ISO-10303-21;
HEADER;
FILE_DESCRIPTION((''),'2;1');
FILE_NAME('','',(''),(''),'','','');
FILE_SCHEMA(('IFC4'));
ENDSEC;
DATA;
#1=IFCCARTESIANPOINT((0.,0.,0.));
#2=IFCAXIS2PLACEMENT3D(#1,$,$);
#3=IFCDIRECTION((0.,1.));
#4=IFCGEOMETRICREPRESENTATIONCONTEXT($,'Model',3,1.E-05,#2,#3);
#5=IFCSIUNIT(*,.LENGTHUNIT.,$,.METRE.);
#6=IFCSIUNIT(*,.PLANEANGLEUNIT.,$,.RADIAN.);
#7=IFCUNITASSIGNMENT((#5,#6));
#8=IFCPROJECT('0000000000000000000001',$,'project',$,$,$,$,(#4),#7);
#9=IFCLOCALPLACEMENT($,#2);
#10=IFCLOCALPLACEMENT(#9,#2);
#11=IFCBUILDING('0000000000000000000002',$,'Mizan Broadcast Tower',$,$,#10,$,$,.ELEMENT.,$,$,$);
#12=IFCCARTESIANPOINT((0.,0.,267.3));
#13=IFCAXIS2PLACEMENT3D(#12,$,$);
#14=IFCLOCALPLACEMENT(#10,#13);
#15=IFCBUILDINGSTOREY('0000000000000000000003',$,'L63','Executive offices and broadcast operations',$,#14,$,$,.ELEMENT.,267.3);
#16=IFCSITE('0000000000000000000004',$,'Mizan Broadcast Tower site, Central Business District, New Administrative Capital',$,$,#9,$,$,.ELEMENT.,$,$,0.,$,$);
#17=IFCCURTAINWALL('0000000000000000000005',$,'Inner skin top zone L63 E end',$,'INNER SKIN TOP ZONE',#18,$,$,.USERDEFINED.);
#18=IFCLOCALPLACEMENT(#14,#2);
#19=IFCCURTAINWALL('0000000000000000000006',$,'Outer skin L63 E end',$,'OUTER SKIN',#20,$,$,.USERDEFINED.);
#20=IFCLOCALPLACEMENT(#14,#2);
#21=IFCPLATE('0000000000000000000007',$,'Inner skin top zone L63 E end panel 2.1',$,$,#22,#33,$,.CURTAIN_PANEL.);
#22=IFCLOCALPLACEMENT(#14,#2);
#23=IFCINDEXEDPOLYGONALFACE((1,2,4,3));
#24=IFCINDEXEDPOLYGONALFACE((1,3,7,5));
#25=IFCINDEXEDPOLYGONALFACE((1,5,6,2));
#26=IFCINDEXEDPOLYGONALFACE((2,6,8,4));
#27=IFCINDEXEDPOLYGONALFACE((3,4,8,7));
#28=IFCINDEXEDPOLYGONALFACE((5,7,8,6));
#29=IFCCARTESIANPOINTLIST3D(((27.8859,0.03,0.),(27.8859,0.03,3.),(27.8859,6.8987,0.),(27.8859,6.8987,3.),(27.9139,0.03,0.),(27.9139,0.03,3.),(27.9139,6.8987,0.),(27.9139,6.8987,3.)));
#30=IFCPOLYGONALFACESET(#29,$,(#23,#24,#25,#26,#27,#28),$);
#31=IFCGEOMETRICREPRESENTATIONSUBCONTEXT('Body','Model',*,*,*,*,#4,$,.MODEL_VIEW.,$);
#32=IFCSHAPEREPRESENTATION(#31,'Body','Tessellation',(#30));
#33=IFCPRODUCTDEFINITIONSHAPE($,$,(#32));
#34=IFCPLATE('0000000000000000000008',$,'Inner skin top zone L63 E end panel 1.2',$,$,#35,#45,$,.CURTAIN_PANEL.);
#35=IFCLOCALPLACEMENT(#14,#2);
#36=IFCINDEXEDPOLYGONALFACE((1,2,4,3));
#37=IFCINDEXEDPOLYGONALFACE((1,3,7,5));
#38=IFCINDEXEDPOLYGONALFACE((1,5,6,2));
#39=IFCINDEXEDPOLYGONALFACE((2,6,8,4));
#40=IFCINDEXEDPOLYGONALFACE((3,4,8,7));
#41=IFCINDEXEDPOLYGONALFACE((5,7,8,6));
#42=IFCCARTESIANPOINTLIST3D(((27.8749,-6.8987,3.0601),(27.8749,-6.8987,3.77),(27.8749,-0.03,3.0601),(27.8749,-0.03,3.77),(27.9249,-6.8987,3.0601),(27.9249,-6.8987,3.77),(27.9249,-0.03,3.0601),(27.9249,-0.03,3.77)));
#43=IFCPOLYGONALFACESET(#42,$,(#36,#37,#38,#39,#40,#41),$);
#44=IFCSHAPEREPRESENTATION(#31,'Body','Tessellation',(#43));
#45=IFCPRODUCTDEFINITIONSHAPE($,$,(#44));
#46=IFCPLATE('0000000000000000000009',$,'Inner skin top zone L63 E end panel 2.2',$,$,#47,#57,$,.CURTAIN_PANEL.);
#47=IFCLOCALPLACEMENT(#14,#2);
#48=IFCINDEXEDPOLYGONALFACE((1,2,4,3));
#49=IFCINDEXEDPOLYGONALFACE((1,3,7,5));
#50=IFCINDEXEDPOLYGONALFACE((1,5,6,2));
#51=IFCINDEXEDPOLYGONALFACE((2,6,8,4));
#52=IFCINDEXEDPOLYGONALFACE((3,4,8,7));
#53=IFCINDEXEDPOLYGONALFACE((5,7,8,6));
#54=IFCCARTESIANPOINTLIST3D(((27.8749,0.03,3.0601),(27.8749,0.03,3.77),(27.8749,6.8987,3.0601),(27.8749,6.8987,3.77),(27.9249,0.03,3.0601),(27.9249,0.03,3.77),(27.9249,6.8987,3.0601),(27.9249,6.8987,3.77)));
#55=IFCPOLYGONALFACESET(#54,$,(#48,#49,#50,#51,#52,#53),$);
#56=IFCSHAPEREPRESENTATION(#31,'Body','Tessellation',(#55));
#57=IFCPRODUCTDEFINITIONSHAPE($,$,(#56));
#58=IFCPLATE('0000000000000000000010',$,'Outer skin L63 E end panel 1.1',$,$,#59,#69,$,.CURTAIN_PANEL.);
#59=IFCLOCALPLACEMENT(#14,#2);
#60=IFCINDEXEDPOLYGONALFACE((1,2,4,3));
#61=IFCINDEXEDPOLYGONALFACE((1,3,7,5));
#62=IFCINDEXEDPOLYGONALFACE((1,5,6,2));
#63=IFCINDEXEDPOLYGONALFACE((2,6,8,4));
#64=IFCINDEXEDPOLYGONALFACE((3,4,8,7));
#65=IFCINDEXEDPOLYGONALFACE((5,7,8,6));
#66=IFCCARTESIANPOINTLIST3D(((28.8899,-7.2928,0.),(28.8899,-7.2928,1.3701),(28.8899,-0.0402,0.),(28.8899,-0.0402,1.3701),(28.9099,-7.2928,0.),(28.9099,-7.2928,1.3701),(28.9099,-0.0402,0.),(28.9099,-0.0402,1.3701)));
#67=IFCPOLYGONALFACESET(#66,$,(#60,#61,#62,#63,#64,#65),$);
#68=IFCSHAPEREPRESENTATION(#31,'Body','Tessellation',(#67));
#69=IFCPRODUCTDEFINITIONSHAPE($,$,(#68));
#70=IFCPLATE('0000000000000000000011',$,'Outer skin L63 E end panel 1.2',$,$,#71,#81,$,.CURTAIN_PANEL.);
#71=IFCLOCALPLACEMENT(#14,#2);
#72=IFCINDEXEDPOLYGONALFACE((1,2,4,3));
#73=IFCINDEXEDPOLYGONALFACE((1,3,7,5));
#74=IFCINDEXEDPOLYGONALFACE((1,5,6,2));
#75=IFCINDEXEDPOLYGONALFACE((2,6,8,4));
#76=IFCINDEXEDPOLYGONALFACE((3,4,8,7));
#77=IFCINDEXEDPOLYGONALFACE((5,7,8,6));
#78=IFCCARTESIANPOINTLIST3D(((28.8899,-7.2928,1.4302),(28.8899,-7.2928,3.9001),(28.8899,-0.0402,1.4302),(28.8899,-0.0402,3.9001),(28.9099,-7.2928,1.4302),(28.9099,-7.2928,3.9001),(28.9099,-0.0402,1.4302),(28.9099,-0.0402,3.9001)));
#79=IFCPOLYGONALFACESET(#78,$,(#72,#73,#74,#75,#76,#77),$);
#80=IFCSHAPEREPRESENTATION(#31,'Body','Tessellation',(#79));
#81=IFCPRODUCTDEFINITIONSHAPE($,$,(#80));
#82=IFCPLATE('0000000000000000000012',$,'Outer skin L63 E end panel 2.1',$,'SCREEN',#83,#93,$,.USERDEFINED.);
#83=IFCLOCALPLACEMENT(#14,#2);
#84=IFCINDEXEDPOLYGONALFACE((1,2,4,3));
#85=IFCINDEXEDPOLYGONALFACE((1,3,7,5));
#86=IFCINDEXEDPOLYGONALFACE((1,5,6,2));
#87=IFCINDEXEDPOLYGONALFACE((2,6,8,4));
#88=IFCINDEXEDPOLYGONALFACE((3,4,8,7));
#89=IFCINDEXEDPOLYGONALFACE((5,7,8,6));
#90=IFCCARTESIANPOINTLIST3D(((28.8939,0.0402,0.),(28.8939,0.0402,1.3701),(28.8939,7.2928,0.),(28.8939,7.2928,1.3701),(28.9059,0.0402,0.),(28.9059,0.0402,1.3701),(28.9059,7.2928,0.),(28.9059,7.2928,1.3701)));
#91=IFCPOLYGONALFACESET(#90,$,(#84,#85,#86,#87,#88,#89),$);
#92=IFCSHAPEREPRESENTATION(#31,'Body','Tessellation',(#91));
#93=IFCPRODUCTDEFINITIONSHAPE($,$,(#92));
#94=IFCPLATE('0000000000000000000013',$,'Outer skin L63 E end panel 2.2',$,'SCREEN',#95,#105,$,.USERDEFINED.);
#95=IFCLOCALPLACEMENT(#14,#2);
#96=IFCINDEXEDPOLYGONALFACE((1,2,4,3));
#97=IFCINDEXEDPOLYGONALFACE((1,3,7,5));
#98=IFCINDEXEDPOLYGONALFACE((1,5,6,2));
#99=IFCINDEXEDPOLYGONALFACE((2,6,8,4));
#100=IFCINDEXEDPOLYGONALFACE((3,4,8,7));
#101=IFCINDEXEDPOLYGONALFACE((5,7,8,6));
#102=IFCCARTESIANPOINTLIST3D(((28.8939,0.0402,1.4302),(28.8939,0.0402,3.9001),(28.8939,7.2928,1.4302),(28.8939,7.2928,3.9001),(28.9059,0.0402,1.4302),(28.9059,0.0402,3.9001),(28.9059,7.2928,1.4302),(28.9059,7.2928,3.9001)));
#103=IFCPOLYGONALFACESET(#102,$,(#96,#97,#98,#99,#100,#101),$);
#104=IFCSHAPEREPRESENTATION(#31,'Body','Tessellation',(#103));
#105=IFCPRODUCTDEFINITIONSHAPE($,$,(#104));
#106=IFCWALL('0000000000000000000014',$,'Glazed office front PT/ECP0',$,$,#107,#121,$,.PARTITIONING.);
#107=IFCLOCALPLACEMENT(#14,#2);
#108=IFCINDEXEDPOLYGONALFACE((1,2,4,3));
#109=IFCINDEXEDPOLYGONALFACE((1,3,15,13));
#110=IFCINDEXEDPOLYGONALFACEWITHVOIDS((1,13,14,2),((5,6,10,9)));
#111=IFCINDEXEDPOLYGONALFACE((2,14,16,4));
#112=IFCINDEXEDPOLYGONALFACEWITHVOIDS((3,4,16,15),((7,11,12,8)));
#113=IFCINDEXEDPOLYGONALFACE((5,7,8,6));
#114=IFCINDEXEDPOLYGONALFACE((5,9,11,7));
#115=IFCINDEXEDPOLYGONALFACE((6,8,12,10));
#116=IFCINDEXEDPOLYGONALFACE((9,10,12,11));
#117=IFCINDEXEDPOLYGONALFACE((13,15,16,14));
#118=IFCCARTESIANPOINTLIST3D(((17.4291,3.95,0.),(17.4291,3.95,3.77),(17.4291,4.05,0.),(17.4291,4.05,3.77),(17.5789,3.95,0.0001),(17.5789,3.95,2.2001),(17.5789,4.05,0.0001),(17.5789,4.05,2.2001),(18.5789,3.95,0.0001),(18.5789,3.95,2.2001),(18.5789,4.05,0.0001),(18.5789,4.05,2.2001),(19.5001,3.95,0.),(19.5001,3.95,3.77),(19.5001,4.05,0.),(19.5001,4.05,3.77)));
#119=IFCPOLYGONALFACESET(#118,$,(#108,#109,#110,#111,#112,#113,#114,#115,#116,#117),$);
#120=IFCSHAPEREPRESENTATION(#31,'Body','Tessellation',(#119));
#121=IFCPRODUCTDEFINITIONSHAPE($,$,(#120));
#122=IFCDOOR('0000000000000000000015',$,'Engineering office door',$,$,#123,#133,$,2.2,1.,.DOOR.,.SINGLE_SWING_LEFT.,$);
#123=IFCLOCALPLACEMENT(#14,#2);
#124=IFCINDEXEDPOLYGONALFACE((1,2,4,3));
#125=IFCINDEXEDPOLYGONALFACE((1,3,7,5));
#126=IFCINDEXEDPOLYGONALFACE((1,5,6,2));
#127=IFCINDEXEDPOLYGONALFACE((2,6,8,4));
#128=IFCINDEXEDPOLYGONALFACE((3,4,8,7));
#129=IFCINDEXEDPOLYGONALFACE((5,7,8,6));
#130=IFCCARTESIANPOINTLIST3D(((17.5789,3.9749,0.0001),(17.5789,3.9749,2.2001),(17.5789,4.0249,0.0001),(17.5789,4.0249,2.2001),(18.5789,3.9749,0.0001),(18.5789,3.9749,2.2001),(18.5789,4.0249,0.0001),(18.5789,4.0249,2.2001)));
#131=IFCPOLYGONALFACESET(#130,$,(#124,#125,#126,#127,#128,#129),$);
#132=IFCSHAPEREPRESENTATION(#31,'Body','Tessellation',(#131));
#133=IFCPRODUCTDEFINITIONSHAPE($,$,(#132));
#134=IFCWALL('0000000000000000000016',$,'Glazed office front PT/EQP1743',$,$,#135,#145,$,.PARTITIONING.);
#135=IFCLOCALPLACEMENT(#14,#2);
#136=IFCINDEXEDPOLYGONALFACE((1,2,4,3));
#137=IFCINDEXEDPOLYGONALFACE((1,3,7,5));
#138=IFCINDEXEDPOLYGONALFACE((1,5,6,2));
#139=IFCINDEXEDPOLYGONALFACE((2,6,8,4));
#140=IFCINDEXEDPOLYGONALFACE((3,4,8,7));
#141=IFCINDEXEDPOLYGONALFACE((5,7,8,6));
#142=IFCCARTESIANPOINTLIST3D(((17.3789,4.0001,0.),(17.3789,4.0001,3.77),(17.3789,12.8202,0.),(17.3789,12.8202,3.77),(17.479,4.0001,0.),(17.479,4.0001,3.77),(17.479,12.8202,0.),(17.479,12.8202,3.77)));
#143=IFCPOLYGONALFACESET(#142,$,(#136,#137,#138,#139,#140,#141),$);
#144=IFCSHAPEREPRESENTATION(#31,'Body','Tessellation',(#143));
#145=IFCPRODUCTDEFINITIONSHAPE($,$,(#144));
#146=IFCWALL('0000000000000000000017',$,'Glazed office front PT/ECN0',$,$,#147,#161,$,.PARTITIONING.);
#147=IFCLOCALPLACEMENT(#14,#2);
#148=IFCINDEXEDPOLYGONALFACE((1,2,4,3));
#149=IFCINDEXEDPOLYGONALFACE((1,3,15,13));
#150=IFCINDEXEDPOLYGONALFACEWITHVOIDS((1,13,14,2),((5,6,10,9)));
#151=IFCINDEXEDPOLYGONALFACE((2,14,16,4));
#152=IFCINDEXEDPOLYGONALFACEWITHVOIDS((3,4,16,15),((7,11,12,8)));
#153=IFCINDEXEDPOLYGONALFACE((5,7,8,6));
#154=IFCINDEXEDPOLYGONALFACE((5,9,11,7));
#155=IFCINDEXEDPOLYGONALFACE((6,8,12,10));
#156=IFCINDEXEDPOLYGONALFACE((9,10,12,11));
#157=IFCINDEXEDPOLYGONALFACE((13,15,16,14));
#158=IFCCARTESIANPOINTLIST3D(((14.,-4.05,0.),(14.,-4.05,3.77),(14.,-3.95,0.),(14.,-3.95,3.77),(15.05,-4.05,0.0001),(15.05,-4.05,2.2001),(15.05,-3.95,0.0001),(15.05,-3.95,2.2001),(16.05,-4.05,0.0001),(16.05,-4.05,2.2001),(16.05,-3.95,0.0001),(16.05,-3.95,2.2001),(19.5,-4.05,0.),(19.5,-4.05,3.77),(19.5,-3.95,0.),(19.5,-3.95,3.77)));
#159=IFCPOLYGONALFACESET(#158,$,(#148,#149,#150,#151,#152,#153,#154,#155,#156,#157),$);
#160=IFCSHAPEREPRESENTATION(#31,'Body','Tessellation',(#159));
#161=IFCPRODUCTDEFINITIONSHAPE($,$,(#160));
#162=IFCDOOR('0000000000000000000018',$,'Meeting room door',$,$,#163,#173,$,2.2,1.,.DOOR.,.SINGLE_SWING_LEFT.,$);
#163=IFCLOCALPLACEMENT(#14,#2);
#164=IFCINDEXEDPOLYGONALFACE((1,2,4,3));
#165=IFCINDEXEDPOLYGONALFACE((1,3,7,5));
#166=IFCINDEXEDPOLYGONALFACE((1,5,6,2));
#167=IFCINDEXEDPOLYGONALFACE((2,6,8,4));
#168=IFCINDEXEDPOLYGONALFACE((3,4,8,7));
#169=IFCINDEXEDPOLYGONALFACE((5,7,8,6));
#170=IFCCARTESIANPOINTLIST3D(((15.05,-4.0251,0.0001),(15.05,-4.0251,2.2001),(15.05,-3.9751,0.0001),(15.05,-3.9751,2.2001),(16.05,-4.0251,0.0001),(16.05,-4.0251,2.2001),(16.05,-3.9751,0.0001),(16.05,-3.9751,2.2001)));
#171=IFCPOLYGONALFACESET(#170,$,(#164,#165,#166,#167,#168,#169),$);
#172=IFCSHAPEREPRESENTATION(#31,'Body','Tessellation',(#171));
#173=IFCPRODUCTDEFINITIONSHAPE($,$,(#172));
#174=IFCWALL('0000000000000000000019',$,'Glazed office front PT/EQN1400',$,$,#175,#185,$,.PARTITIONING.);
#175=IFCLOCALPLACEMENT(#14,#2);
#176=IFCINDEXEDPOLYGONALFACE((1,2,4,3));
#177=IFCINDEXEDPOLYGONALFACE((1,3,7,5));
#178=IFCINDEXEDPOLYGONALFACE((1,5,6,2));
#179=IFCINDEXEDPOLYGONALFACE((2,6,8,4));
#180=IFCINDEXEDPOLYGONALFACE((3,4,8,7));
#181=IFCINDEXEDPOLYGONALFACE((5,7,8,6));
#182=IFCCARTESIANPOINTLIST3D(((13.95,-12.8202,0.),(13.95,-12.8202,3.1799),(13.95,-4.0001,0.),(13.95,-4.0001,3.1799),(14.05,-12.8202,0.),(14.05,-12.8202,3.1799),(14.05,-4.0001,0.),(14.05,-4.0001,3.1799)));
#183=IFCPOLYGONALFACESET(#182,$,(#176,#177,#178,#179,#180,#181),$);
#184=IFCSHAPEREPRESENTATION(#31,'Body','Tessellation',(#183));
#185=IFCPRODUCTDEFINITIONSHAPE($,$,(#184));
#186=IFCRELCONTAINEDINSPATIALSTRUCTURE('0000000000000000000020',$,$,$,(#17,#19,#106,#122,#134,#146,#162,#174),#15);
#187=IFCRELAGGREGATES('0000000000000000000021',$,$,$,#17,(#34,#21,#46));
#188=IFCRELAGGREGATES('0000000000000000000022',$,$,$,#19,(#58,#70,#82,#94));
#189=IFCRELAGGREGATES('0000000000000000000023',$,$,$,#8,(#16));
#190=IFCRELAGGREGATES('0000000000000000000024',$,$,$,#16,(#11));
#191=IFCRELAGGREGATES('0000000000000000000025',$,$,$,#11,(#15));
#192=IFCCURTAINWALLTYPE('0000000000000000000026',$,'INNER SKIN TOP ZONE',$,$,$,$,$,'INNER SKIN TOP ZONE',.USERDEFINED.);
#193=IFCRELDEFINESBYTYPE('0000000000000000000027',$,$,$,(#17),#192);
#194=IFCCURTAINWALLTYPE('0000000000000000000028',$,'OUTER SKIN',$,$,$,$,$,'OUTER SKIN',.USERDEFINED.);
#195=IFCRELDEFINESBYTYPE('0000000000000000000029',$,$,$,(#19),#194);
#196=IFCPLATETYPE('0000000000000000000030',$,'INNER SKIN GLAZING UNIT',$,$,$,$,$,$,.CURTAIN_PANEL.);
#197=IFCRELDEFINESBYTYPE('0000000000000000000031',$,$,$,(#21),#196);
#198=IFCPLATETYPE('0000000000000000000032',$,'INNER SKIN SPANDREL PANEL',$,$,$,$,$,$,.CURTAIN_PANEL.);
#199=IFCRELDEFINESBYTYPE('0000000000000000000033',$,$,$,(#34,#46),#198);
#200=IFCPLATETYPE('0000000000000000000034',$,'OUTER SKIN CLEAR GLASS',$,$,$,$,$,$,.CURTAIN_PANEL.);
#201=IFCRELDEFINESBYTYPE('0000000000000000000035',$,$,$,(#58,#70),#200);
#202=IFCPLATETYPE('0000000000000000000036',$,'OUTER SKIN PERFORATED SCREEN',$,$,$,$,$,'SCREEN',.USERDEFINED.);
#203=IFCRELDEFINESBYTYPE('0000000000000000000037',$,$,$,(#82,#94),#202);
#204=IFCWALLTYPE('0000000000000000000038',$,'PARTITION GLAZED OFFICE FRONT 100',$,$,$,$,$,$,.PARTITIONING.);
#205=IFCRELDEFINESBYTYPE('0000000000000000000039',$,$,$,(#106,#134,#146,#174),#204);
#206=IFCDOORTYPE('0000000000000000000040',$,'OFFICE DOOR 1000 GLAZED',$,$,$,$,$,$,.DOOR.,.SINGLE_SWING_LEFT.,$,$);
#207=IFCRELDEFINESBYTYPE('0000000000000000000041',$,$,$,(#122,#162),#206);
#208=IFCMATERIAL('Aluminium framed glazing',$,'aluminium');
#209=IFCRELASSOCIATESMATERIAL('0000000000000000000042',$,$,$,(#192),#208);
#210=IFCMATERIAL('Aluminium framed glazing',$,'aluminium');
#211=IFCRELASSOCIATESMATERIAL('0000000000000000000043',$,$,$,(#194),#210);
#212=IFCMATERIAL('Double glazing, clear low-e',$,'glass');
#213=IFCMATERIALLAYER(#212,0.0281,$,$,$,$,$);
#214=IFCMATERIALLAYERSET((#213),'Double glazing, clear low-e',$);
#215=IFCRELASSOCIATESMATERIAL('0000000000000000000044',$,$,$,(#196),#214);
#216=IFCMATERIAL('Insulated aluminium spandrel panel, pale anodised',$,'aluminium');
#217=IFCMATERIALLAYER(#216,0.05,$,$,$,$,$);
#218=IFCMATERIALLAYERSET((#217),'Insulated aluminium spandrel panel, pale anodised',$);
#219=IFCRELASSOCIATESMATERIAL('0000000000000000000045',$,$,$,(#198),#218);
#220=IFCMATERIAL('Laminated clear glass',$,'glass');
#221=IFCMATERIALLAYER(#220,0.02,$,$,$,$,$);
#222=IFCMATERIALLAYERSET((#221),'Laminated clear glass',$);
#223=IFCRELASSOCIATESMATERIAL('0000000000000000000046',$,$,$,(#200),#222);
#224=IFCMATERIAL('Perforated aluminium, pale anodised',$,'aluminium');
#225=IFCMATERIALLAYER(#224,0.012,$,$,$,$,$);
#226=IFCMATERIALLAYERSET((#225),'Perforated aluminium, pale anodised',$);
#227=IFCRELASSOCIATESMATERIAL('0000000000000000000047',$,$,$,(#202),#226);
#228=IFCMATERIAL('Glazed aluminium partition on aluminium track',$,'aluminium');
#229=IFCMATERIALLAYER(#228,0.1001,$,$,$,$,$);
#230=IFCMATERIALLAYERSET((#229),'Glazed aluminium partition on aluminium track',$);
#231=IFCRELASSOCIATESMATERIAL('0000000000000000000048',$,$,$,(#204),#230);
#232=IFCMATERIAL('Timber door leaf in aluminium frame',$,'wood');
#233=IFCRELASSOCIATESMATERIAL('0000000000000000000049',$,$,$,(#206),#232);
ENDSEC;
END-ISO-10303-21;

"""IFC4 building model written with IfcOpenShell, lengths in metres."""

from ifc_helpers import new_model, si_unit, direction, frame, frame_2d, origin, origin_2d, place, context, subcontext, project, spatial, rectangle, extrude, material, layer, layer_set, type_object, element, fill, aggregate, save


model = new_model("IFC4")

# Units and contexts
model_context = context("Model", 3, precision=1e-05, world=origin(), true_north=direction((0.0, 1.0)))
body_context = subcontext(model_context, "Body", "Model", "MODEL_VIEW")
ifc_project = project(units=[si_unit("LENGTHUNIT", "METRE"), si_unit("PLANEANGLEUNIT", "RADIAN")], contexts=[model_context])

# Site, building, storey
site_placement = place(None, origin())
site = spatial("IfcSite", under=ifc_project, at=site_placement, Name="Mizan Broadcast Tower site, Central Business District, New Administrative Capital", CompositionType="ELEMENT", RefElevation=0.0)
building_placement = place(site_placement, origin())
building = spatial("IfcBuilding", under=site, at=building_placement, Name="Mizan Broadcast Tower", CompositionType="ELEMENT")
storey_placement = place(building_placement, frame((0.0, 0.0, 267.3)))
storey = spatial("IfcBuildingStorey", under=building, at=storey_placement, Name="L63", Description="Executive offices and broadcast operations", CompositionType="ELEMENT", Elevation=267.3)

# Curtain wall
ifc_material_1 = material(Name="Aluminium framed glazing", Category="aluminium")
curtain_wall_type_1 = type_object("IfcCurtainWallType", Name="INNER SKIN TOP ZONE", ElementType="INNER SKIN TOP ZONE", PredefinedType="USERDEFINED", material=ifc_material_1)
curtain_wall_1_placement = place(storey_placement, origin())
curtain_wall_1 = element("IfcCurtainWall", 1, at=curtain_wall_1_placement, inside=storey, type_object=curtain_wall_type_1, Name="Inner skin top zone L63 E end", ObjectType="INNER SKIN TOP ZONE", PredefinedType="USERDEFINED")

# Curtain wall
ifc_material_2 = material(Name="Aluminium framed glazing", Category="aluminium")
curtain_wall_type_2 = type_object("IfcCurtainWallType", Name="OUTER SKIN", ElementType="OUTER SKIN", PredefinedType="USERDEFINED", material=ifc_material_2)
curtain_wall_2_placement = place(storey_placement, origin())
curtain_wall_2 = element("IfcCurtainWall", 2, at=curtain_wall_2_placement, inside=storey, type_object=curtain_wall_type_2, Name="Outer skin L63 E end", ObjectType="OUTER SKIN", PredefinedType="USERDEFINED")

# Plates
ifc_material_3 = material(Name="Double glazing, clear low-e", Category="glass")
ifc_layer_1 = layer(ifc_material_3, 0.0281)
ifc_layer_set_1 = layer_set([ifc_layer_1], Name="Double glazing, clear low-e")
plate_type_1 = type_object("IfcPlateType", Name="INNER SKIN GLAZING UNIT", PredefinedType="CURTAIN_PANEL", material=ifc_layer_set_1)
plate_1_placement = place(storey_placement, frame((27.8999, 3.4644, 0.0), z_axis=(0.0, 0.0, 1.0), x_axis=(0.0, 1.0, 0.0)))
plate_1 = element("IfcPlate", 3, at=plate_1_placement, type_object=plate_type_1, Name="Inner skin top zone L63 E end panel 2.1", PredefinedType="CURTAIN_PANEL", context=body_context, shape_type="SweptSolid", body=[
    extrude(rectangle(XDim=6.8687, YDim=0.0281, at=origin_2d()), origin(), (0.0, 0.0, 1.0), 3.0),
])
ifc_material_4 = material(Name="Insulated aluminium spandrel panel, pale anodised", Category="aluminium")
ifc_layer_2 = layer(ifc_material_4, 0.05)
ifc_layer_set_2 = layer_set([ifc_layer_2], Name="Insulated aluminium spandrel panel, pale anodised")
plate_type_2 = type_object("IfcPlateType", Name="INNER SKIN SPANDREL PANEL", PredefinedType="CURTAIN_PANEL", material=ifc_layer_set_2)
plate_2_placement = place(storey_placement, frame((27.8999, -3.4644, 3.0601), z_axis=(0.0, 0.0, 1.0), x_axis=(0.0, 1.0, 0.0)))
plate_2 = element("IfcPlate", 4, at=plate_2_placement, type_object=plate_type_2, Name="Inner skin top zone L63 E end panel 1.2", PredefinedType="CURTAIN_PANEL", context=body_context, shape_type="SweptSolid", body=[
    extrude(rectangle(XDim=6.8687, YDim=0.05, at=origin_2d()), origin(), (0.0, 0.0, 1.0), 0.71),
])
plate_3_placement = place(storey_placement, frame((27.8999, 3.4644, 3.0601), z_axis=(0.0, 0.0, 1.0), x_axis=(0.0, 1.0, 0.0)))
plate_3 = element("IfcPlate", 5, at=plate_3_placement, type_object=plate_type_2, Name="Inner skin top zone L63 E end panel 2.2", PredefinedType="CURTAIN_PANEL", context=body_context, shape_type="SweptSolid", body=[
    extrude(rectangle(XDim=6.8687, YDim=0.05, at=origin_2d()), origin(), (0.0, 0.0, 1.0), 0.71),
])
aggregate(curtain_wall_1, [plate_2, plate_1, plate_3])
ifc_material_5 = material(Name="Laminated clear glass", Category="glass")
ifc_layer_3 = layer(ifc_material_5, 0.02)
ifc_layer_set_3 = layer_set([ifc_layer_3], Name="Laminated clear glass")
plate_type_3 = type_object("IfcPlateType", Name="OUTER SKIN CLEAR GLASS", PredefinedType="CURTAIN_PANEL", material=ifc_layer_set_3)
plate_4_placement = place(storey_placement, frame((28.8999, -3.6665, 0.0), z_axis=(0.0, 0.0, 1.0), x_axis=(0.0, 1.0, 0.0)))
plate_4 = element("IfcPlate", 6, at=plate_4_placement, type_object=plate_type_3, Name="Outer skin L63 E end panel 1.1", PredefinedType="CURTAIN_PANEL", context=body_context, shape_type="SweptSolid", body=[
    extrude(rectangle(XDim=7.2527, YDim=0.02, at=origin_2d()), origin(), (0.0, 0.0, 1.0), 1.3701),
])
plate_5_placement = place(storey_placement, frame((28.8999, -3.6665, 1.4302), z_axis=(0.0, 0.0, 1.0), x_axis=(0.0, 1.0, 0.0)))
plate_5 = element("IfcPlate", 7, at=plate_5_placement, type_object=plate_type_3, Name="Outer skin L63 E end panel 1.2", PredefinedType="CURTAIN_PANEL", context=body_context, shape_type="SweptSolid", body=[
    extrude(rectangle(XDim=7.2527, YDim=0.02, at=origin_2d()), origin(), (0.0, 0.0, 1.0), 2.47),
])
ifc_material_6 = material(Name="Perforated aluminium, pale anodised", Category="aluminium")
ifc_layer_4 = layer(ifc_material_6, 0.012)
ifc_layer_set_4 = layer_set([ifc_layer_4], Name="Perforated aluminium, pale anodised")
plate_type_4 = type_object("IfcPlateType", Name="OUTER SKIN PERFORATED SCREEN", ElementType="SCREEN", PredefinedType="USERDEFINED", material=ifc_layer_set_4)
plate_6_placement = place(storey_placement, frame((28.8999, 3.6665, 0.0), z_axis=(0.0, 0.0, 1.0), x_axis=(0.0, 1.0, 0.0)))
plate_6 = element("IfcPlate", 8, at=plate_6_placement, type_object=plate_type_4, Name="Outer skin L63 E end panel 2.1", ObjectType="SCREEN", PredefinedType="USERDEFINED", context=body_context, shape_type="SweptSolid", body=[
    extrude(rectangle(XDim=7.2527, YDim=0.012, at=origin_2d()), origin(), (0.0, 0.0, 1.0), 1.3701),
])
plate_7_placement = place(storey_placement, frame((28.8999, 3.6665, 1.4302), z_axis=(0.0, 0.0, 1.0), x_axis=(0.0, 1.0, 0.0)))
plate_7 = element("IfcPlate", 9, at=plate_7_placement, type_object=plate_type_4, Name="Outer skin L63 E end panel 2.2", ObjectType="SCREEN", PredefinedType="USERDEFINED", context=body_context, shape_type="SweptSolid", body=[
    extrude(rectangle(XDim=7.2527, YDim=0.012, at=origin_2d()), origin(), (0.0, 0.0, 1.0), 2.47),
])
aggregate(curtain_wall_2, [plate_4, plate_5, plate_6, plate_7])

# Wall, opening, door
ifc_material_7 = material(Name="Glazed aluminium partition on aluminium track", Category="aluminium")
ifc_layer_5 = layer(ifc_material_7, 0.1001)
ifc_layer_set_5 = layer_set([ifc_layer_5], Name="Glazed aluminium partition on aluminium track")
wall_type = type_object("IfcWallType", Name="PARTITION GLAZED OFFICE FRONT 100", PredefinedType="PARTITIONING", material=ifc_layer_set_5)
wall_1_placement = place(storey_placement, frame((17.429, 4.0, 0.0), z_axis=(0.0, 0.0, 1.0), x_axis=(1.0, 0.0, 0.0)))
wall_1 = element("IfcWall", 10, at=wall_1_placement, inside=storey, type_object=wall_type, Name="Glazed office front PT/ECP0", PredefinedType="PARTITIONING", context=body_context, shape_type="SweptSolid", body=[
    extrude(rectangle(XDim=2.071, YDim=0.1001, at=frame_2d((1.0356, 0.0))), origin(), (0.0, 0.0, 1.0), 3.77),
])
opening_1_placement = place(wall_1_placement, frame((0.1499, 0.0, 0.0)))
opening_1 = element("IfcOpeningElement", 11, at=opening_1_placement, cuts=wall_1, PredefinedType="OPENING", context=body_context, shape_type="SweptSolid", body=[
    extrude(rectangle(XDim=1.0, YDim=2.2, at=frame_2d((0.5, 1.1001))), frame((0.0, 0.0601, 0.0), z_axis=(0.0, -1.0, 0.0), x_axis=(1.0, 0.0, 0.0)), (0.0, 0.0, 1.0), 0.1201),
])
ifc_material_8 = material(Name="Timber door leaf in aluminium frame", Category="wood")
door_type = type_object("IfcDoorType", Name="OFFICE DOOR 1000 GLAZED", OperationType="SINGLE_SWING_LEFT", PredefinedType="DOOR", material=ifc_material_8)
door_1_placement = place(opening_1_placement, origin())
door_1 = element("IfcDoor", 12, at=door_1_placement, inside=storey, type_object=door_type, Name="Engineering office door", OperationType="SINGLE_SWING_LEFT", OverallHeight=2.2, OverallWidth=1.0, PredefinedType="DOOR", context=body_context, shape_type="SweptSolid", body=[
    extrude(rectangle(XDim=1.0, YDim=2.2, at=frame_2d((0.5, 1.1001))), frame((0.0, 0.0249, 0.0), z_axis=(0.0, -1.0, 0.0), x_axis=(1.0, 0.0, 0.0)), (0.0, 0.0, 1.0), 0.05),
])
fill(opening_1, door_1)

# Wall
wall_2_placement = place(storey_placement, frame((17.429, 4.0, 0.0), z_axis=(0.0, 0.0, 1.0), x_axis=(0.0, 1.0, 0.0)))
element("IfcWall", 13, at=wall_2_placement, inside=storey, type_object=wall_type, Name="Glazed office front PT/EQP1743", PredefinedType="PARTITIONING", context=body_context, shape_type="SweptSolid", body=[
    extrude(rectangle(XDim=8.8201, YDim=0.1001, at=frame_2d((4.4102, 0.0))), origin(), (0.0, 0.0, 1.0), 3.77),
])

# Wall, opening, door
wall_3_placement = place(storey_placement, frame((14.0, -4.0, 0.0), z_axis=(0.0, 0.0, 1.0), x_axis=(1.0, 0.0, 0.0)))
wall_3 = element("IfcWall", 14, at=wall_3_placement, inside=storey, type_object=wall_type, Name="Glazed office front PT/ECN0", PredefinedType="PARTITIONING", context=body_context, shape_type="SweptSolid", body=[
    extrude(rectangle(XDim=5.5, YDim=0.1001, at=frame_2d((2.75, 0.0))), origin(), (0.0, 0.0, 1.0), 3.77),
])
opening_2_placement = place(wall_3_placement, frame((1.05, 0.0, 0.0)))
opening_2 = element("IfcOpeningElement", 15, at=opening_2_placement, cuts=wall_3, PredefinedType="OPENING", context=body_context, shape_type="SweptSolid", body=[
    extrude(rectangle(XDim=1.0, YDim=2.2, at=frame_2d((0.5, 1.1001))), frame((0.0, 0.0601, 0.0), z_axis=(0.0, -1.0, 0.0), x_axis=(1.0, 0.0, 0.0)), (0.0, 0.0, 1.0), 0.1201),
])
door_2_placement = place(opening_2_placement, origin())
door_2 = element("IfcDoor", 16, at=door_2_placement, inside=storey, type_object=door_type, Name="Meeting room door", OperationType="SINGLE_SWING_LEFT", OverallHeight=2.2, OverallWidth=1.0, PredefinedType="DOOR", context=body_context, shape_type="SweptSolid", body=[
    extrude(rectangle(XDim=1.0, YDim=2.2, at=frame_2d((0.5, 1.1001))), frame((0.0, 0.0249, 0.0), z_axis=(0.0, -1.0, 0.0), x_axis=(1.0, 0.0, 0.0)), (0.0, 0.0, 1.0), 0.05),
])
fill(opening_2, door_2)

# Wall
wall_4_placement = place(storey_placement, frame((14.0, -4.0, 0.0), z_axis=(0.0, 0.0, 1.0), x_axis=(0.0, -1.0, 0.0)))
element("IfcWall", 17, at=wall_4_placement, inside=storey, type_object=wall_type, Name="Glazed office front PT/EQN1400", PredefinedType="PARTITIONING", context=body_context, shape_type="SweptSolid", body=[
    extrude(rectangle(XDim=8.8201, YDim=0.1001, at=frame_2d((4.4102, 0.0))), origin(), (0.0, 0.0, 1.0), 3.1799),
])

save(model, "model.ifc")
